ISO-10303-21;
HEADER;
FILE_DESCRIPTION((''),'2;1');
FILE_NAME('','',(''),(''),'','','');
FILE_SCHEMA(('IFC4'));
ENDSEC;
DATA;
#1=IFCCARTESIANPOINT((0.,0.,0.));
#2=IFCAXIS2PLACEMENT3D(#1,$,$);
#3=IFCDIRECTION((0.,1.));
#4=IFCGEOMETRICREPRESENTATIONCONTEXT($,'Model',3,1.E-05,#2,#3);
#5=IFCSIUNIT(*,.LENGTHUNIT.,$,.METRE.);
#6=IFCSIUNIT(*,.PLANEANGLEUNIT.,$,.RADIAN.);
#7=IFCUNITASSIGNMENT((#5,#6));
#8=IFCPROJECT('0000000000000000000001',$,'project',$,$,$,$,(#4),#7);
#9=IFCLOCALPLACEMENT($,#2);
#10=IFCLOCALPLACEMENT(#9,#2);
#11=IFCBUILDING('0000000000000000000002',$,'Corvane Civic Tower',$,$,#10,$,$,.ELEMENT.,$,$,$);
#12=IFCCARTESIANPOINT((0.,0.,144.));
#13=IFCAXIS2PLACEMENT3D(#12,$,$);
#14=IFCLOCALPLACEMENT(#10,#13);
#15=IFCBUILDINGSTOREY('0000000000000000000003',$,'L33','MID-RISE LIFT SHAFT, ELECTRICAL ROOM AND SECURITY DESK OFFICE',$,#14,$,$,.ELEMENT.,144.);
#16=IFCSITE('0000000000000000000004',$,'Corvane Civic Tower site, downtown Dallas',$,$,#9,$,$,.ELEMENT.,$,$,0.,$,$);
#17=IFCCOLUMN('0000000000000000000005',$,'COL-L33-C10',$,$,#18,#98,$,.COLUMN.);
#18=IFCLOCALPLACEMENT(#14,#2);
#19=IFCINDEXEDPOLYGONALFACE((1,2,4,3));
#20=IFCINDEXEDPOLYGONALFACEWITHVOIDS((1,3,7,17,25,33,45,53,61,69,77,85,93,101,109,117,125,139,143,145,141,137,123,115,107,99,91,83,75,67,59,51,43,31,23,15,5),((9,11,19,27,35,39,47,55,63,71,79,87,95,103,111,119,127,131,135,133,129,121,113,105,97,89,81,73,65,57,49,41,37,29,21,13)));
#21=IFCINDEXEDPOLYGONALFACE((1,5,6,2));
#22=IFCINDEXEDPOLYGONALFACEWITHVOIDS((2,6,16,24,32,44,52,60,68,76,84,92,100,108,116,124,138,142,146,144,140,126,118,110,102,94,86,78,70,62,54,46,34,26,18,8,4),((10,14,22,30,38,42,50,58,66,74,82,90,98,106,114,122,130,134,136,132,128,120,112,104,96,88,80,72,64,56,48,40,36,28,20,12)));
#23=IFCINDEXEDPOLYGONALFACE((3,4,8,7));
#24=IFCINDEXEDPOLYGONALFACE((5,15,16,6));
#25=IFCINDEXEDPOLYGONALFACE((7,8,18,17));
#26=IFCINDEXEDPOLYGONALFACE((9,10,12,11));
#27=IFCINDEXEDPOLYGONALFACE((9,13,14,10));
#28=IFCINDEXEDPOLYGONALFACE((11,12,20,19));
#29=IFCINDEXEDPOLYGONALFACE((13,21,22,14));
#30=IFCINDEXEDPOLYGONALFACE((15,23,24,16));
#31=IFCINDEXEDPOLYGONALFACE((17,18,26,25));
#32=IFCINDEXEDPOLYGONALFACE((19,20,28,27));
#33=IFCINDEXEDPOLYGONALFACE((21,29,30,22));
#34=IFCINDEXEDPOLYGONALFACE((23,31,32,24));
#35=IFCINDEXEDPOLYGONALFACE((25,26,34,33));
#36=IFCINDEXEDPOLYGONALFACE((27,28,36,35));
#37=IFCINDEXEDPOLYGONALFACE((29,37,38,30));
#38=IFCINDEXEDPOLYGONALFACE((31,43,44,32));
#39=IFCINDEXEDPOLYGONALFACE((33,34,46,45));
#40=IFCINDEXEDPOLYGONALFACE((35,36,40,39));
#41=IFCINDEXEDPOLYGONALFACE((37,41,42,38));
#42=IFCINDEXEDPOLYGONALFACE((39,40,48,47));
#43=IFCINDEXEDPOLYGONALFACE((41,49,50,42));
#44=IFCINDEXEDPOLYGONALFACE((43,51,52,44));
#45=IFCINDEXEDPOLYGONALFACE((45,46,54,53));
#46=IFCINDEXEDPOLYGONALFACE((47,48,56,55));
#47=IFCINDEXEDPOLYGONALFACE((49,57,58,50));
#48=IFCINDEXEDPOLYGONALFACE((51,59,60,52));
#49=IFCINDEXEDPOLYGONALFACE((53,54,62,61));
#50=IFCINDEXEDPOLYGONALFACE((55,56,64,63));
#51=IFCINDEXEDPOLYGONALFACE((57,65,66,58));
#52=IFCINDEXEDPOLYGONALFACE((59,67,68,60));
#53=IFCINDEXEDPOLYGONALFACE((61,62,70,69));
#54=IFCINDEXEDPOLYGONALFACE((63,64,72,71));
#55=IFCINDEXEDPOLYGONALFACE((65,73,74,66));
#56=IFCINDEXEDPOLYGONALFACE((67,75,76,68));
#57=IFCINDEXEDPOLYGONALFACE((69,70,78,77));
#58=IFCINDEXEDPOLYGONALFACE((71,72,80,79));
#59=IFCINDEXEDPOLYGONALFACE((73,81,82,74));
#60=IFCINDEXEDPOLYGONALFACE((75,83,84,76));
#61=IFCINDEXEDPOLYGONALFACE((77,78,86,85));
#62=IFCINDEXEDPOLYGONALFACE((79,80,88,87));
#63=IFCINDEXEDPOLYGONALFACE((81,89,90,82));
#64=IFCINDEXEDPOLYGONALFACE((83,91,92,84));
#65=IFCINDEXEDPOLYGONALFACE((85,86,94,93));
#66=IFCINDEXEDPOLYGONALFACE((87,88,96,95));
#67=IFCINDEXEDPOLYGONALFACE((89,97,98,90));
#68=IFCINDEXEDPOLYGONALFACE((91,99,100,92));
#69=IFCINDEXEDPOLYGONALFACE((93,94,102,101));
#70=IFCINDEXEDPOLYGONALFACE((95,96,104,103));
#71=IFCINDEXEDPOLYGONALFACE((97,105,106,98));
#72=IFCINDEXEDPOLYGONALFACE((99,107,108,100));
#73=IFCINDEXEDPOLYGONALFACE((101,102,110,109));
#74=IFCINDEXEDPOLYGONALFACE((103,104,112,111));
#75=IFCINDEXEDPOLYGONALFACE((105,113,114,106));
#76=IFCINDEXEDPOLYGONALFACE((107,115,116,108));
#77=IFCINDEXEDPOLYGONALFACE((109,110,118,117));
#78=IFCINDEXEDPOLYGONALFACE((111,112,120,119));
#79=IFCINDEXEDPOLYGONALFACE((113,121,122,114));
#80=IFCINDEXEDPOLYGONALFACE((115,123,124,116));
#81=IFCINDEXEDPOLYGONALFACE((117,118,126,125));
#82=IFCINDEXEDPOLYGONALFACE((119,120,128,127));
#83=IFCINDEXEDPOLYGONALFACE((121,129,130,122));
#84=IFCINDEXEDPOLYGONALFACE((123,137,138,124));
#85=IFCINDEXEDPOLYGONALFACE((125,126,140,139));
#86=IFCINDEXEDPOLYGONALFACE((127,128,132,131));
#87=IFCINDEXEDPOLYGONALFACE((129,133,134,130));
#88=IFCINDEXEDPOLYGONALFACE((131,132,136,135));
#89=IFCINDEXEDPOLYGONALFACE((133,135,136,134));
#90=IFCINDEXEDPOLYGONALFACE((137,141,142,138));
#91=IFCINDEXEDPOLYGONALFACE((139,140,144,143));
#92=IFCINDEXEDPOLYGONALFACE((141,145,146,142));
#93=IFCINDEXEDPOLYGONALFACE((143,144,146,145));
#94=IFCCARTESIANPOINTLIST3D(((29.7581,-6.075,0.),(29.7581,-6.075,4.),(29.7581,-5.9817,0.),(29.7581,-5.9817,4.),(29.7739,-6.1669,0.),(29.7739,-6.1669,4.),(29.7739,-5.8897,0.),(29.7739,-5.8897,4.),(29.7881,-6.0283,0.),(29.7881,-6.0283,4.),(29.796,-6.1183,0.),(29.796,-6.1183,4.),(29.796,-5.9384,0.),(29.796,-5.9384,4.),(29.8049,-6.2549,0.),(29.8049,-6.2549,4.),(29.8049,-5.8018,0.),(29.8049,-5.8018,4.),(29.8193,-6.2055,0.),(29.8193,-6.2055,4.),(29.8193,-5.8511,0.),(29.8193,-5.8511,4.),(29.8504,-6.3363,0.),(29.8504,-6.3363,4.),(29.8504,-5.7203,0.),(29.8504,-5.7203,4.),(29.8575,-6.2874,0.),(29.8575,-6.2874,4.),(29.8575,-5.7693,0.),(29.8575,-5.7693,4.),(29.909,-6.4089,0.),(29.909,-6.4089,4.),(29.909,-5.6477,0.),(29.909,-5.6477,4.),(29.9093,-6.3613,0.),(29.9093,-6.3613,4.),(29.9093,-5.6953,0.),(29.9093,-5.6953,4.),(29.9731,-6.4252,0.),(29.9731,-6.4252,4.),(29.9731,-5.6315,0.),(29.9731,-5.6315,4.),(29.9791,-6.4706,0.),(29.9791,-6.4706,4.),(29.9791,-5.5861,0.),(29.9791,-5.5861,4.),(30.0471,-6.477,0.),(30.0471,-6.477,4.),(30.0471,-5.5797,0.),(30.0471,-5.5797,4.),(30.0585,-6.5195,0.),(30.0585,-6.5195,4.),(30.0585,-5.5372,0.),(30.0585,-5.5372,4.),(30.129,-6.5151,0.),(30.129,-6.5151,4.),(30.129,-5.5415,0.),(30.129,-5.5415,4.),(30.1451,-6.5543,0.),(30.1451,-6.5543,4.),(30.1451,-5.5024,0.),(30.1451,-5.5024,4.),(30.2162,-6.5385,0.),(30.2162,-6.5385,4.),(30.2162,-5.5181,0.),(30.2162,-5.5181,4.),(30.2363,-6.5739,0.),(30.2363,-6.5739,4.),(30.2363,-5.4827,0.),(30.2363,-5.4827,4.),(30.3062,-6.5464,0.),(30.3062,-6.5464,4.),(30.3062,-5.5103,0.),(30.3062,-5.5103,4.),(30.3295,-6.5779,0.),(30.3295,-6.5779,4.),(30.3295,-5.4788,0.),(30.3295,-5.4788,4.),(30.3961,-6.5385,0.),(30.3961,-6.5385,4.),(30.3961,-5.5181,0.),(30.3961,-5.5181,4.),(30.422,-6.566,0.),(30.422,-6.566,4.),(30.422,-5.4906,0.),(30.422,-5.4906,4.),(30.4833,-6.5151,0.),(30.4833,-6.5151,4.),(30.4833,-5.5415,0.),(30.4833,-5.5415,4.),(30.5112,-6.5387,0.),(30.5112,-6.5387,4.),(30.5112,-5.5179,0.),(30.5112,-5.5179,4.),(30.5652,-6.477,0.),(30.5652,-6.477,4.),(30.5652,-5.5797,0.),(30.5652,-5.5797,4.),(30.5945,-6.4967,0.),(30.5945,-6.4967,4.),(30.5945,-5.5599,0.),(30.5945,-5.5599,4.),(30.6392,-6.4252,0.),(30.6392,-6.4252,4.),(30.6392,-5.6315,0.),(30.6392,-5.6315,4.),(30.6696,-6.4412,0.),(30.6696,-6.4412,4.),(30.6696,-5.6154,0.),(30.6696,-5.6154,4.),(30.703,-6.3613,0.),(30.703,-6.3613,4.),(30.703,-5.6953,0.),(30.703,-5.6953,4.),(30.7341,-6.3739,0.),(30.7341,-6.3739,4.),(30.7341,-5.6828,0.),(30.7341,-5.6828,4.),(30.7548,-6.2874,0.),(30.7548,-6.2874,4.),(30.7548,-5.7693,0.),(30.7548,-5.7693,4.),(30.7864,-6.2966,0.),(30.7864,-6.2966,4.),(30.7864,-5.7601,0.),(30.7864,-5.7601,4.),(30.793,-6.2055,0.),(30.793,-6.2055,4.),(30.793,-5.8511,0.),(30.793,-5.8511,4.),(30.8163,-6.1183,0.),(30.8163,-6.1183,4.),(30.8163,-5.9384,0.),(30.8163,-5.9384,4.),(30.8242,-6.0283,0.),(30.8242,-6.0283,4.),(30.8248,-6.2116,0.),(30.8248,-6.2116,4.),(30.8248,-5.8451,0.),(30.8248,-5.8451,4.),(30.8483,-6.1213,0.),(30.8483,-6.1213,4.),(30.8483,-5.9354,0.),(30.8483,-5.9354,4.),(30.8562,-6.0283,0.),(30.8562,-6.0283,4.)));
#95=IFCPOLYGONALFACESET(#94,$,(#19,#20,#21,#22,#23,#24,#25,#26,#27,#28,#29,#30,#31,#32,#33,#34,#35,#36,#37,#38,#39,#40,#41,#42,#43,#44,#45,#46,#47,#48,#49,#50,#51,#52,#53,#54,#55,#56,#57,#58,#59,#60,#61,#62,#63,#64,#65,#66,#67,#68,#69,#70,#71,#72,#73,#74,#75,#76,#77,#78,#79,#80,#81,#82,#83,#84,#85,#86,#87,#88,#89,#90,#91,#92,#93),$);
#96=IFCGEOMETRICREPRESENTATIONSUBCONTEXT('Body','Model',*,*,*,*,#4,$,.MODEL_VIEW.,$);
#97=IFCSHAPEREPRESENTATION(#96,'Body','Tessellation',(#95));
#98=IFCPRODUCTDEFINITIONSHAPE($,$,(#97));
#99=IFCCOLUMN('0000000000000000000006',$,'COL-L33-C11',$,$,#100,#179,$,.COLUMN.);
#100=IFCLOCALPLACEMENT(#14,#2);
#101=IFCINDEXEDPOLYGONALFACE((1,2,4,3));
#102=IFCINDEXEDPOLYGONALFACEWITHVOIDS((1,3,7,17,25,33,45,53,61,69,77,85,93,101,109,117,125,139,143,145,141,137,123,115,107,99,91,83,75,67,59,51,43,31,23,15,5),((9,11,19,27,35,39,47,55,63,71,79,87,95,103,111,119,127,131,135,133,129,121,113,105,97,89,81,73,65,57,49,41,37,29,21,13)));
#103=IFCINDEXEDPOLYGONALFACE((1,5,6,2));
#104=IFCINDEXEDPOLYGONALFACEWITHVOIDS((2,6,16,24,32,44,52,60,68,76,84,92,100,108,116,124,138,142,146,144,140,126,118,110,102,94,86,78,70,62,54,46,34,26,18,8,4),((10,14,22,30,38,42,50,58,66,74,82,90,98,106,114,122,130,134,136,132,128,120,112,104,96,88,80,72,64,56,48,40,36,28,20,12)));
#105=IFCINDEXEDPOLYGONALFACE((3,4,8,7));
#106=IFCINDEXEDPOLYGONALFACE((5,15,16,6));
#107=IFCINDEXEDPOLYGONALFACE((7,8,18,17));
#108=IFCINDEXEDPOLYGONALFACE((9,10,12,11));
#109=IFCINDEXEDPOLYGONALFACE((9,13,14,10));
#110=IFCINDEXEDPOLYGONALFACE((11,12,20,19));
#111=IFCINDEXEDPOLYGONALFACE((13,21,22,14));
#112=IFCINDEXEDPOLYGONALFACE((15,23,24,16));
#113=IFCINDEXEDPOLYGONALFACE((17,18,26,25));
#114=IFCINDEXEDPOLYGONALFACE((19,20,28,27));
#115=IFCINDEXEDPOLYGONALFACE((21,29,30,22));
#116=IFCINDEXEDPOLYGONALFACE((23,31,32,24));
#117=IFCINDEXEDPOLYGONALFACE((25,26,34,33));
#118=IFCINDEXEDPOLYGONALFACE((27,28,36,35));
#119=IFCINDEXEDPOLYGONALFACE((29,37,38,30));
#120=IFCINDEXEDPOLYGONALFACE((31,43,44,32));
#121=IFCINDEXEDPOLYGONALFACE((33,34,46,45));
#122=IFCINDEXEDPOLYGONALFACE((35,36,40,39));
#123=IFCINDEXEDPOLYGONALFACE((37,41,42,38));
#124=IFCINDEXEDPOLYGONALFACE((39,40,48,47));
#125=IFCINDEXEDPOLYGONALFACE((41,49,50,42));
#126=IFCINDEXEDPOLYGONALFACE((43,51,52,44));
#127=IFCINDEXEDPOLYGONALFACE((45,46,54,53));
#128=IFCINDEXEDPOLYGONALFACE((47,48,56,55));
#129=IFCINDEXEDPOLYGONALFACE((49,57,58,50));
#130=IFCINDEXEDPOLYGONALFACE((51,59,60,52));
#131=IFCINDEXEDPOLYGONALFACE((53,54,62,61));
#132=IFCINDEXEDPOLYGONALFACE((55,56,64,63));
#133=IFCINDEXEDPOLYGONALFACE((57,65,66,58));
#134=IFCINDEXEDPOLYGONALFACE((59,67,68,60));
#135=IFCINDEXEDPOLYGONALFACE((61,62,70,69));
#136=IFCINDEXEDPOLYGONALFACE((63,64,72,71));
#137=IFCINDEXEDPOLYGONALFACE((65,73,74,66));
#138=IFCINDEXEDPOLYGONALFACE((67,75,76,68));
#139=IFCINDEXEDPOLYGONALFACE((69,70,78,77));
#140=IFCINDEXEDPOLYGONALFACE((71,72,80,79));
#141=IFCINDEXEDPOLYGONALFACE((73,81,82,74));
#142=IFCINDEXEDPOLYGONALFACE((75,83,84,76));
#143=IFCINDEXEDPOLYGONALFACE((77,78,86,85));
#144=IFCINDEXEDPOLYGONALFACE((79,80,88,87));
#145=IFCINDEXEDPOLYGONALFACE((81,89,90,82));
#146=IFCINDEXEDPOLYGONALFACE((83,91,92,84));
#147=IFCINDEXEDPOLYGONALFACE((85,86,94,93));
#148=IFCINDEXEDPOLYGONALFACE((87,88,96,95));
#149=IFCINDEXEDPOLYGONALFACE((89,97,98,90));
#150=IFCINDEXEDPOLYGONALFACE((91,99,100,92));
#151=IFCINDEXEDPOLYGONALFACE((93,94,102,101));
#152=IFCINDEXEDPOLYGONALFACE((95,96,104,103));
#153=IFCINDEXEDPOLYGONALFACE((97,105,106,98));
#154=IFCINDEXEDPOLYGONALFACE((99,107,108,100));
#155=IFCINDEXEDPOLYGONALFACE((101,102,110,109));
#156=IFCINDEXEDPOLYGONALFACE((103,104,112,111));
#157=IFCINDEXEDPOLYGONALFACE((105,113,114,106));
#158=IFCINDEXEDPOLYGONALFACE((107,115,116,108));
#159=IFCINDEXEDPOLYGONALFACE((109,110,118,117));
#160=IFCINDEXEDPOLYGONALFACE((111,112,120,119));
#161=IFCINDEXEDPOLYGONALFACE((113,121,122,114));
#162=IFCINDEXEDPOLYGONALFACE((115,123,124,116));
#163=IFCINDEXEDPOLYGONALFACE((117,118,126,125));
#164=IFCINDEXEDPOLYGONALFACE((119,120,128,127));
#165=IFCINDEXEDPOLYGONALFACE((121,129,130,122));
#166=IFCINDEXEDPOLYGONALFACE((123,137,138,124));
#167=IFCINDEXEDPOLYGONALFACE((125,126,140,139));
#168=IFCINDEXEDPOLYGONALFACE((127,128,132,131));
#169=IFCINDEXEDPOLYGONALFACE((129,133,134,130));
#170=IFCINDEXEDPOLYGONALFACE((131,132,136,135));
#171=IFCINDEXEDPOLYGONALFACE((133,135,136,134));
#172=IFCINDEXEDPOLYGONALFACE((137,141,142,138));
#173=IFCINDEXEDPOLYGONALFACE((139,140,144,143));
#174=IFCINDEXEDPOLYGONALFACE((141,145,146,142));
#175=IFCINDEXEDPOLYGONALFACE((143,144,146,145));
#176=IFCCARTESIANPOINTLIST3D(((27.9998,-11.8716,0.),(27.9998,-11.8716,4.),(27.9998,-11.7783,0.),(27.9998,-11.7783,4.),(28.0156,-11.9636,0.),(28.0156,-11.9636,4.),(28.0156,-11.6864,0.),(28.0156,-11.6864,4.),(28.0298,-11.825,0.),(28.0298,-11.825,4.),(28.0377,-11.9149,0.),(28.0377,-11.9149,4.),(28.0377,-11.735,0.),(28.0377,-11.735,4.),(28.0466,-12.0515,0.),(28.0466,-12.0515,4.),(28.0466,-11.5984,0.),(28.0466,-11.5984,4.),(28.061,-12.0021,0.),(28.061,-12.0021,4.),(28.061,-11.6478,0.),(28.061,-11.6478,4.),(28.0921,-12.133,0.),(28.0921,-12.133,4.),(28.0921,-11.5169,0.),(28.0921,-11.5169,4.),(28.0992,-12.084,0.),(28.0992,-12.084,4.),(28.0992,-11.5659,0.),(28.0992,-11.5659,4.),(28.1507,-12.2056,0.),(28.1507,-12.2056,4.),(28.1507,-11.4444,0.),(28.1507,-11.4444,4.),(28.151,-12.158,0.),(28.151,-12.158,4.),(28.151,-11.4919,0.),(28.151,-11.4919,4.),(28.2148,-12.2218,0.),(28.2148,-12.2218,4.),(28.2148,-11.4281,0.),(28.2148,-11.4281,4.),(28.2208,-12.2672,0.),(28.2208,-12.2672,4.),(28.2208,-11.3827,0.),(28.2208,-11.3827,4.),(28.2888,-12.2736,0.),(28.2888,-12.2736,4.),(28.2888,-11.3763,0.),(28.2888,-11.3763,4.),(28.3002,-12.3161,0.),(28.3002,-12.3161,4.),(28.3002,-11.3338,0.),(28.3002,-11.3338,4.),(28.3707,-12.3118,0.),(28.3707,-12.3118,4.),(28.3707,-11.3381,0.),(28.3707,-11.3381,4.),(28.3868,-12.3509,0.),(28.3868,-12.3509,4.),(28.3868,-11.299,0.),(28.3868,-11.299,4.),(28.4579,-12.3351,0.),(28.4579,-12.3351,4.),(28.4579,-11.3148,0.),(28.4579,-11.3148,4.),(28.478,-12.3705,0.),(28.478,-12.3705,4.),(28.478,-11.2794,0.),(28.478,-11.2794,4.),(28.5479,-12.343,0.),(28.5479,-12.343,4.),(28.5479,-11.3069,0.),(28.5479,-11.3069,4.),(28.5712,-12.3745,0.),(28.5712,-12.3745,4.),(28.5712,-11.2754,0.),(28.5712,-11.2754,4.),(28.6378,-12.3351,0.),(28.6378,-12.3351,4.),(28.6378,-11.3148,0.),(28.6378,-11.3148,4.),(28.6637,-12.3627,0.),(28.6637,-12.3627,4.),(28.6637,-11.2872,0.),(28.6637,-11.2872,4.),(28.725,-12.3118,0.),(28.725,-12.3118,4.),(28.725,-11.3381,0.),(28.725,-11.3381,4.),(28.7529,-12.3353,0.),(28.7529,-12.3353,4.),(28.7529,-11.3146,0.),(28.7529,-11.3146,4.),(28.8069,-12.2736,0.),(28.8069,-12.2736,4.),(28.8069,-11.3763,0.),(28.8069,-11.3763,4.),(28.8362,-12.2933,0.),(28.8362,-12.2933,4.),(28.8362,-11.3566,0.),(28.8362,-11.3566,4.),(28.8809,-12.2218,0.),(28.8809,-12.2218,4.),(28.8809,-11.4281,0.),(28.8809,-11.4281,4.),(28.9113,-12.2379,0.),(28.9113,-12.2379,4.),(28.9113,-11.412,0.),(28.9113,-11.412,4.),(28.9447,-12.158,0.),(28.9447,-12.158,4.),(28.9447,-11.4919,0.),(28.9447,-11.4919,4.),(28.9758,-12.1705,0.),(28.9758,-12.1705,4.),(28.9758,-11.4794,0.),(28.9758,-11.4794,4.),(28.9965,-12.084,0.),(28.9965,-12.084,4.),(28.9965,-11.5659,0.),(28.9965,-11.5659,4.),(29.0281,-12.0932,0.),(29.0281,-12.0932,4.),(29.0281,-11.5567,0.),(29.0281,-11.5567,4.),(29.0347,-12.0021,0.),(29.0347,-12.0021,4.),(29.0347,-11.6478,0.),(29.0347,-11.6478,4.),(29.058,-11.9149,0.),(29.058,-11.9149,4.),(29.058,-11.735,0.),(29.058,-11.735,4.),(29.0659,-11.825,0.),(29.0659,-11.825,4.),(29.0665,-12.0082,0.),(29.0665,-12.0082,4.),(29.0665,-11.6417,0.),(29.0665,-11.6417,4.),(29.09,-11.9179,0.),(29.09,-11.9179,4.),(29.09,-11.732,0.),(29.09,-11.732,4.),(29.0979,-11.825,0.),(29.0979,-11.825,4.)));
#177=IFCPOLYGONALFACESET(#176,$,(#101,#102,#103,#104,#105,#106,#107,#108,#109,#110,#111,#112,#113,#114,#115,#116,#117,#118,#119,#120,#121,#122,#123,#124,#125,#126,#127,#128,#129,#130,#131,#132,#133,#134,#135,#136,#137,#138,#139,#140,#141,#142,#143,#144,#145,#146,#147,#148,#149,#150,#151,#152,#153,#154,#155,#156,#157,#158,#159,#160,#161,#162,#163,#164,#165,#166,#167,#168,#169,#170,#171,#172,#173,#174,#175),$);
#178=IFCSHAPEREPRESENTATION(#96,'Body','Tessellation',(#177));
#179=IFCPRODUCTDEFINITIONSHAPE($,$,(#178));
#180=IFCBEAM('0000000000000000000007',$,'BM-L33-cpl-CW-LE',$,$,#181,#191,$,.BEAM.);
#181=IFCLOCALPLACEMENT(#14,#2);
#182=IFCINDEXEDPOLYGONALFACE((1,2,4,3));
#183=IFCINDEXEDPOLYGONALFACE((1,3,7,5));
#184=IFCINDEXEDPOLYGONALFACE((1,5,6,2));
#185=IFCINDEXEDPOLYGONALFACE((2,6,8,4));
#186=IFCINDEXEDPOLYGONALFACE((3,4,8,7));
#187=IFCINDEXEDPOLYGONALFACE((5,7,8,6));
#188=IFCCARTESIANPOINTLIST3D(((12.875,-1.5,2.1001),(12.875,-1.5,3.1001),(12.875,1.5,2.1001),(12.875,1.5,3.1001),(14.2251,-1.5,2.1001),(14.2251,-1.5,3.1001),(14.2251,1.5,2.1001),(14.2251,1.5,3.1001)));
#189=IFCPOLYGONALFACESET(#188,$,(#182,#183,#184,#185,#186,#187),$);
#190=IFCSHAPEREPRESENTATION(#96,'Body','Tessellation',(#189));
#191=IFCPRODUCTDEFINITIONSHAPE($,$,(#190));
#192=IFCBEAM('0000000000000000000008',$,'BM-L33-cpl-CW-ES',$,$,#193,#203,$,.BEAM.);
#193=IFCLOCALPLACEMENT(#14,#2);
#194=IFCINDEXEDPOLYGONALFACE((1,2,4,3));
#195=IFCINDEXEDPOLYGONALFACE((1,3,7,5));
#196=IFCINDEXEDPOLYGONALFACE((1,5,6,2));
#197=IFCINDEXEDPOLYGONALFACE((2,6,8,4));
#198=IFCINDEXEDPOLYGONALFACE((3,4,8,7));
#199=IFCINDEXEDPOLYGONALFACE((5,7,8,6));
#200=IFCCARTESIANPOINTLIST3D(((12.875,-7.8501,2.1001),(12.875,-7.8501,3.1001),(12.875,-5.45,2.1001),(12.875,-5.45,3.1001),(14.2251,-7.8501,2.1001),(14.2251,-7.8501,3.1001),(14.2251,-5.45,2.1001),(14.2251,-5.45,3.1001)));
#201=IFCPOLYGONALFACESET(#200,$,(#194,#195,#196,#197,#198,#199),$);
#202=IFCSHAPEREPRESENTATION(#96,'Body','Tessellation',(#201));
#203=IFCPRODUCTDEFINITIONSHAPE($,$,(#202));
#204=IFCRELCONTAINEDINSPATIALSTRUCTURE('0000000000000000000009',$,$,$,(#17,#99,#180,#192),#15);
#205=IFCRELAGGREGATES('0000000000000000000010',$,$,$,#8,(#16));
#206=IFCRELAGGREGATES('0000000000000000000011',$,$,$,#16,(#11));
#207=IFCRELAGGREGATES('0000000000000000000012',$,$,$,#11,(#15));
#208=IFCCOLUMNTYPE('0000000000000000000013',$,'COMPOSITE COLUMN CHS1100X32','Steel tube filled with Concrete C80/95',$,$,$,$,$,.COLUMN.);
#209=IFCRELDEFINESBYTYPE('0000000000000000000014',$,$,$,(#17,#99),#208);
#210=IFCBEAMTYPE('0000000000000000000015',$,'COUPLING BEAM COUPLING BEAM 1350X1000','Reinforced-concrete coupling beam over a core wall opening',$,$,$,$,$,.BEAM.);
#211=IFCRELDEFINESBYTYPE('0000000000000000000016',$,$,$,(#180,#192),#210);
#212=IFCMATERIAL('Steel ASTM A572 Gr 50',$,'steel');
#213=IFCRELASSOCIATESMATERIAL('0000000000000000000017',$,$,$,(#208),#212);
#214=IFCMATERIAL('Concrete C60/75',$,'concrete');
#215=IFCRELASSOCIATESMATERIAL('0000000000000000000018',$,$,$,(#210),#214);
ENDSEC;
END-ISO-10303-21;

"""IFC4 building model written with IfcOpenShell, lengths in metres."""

from ifc_helpers import new_model, si_unit, direction, frame, origin, origin_2d, place, context, subcontext, project, spatial, rectangle, hollow_circle, extrude, material, material_profile, profile_set, type_object, element, save


model = new_model("IFC4")

# Units and contexts
model_context = context("Model", 3, precision=1e-05, world=origin(), true_north=direction((0.0, 1.0)))
body_context = subcontext(model_context, "Body", "Model", "MODEL_VIEW")
ifc_project = project(units=[si_unit("LENGTHUNIT", "METRE"), si_unit("PLANEANGLEUNIT", "RADIAN")], contexts=[model_context])

# Site, building, storey
site_placement = place(None, origin())
site = spatial("IfcSite", under=ifc_project, at=site_placement, Name="Corvane Civic Tower site, downtown Dallas", CompositionType="ELEMENT", RefElevation=0.0)
building_placement = place(site_placement, origin())
building = spatial("IfcBuilding", under=site, at=building_placement, Name="Corvane Civic Tower", CompositionType="ELEMENT")
storey_placement = place(building_placement, frame((0.0, 0.0, 144.0)))
storey = spatial("IfcBuildingStorey", under=building, at=storey_placement, Name="L33", Description="MID-RISE LIFT SHAFT, ELECTRICAL ROOM AND SECURITY DESK OFFICE", CompositionType="ELEMENT", Elevation=144.0)

# Columns
ifc_material_1 = material(Name="Steel ASTM A572 Gr 50", Category="steel")
ifc_material_profile_1 = material_profile(ifc_material_1, hollow_circle(Radius=0.55, WallThickness=0.032, at=origin_2d()), Name="CHS1100X32")
ifc_profile_set_1 = profile_set([ifc_material_profile_1], Name="Steel ASTM A572 Gr 50")
column_type = type_object("IfcColumnType", Name="COMPOSITE COLUMN CHS1100X32", Description="Steel tube filled with Concrete C80/95", PredefinedType="COLUMN", material=ifc_profile_set_1)
for number, where, z_axis, x_axis, name in (
    (1, (30.3062, -6.0283, 0.0), (0.0, 0.0, 1.0), (1.0, 0.0, 0.0), "COL-L33-C10"),
    (2, (28.5479, -11.825, 0.0), (0.0, 0.0, 1.0), (1.0, 0.0, 0.0), "COL-L33-C11"),
):
    element("IfcColumn", number, at=place(storey_placement, frame(where, z_axis=z_axis, x_axis=x_axis)), inside=storey, type_object=column_type, Name=name, PredefinedType="COLUMN", context=body_context, shape_type="SweptSolid", body=[
        extrude(hollow_circle(Radius=0.55, WallThickness=0.032, at=origin_2d()), origin(), (0.0, 0.0, 1.0), 4.0),
    ])

# Beams
ifc_material_2 = material(Name="Concrete C60/75", Category="concrete")
ifc_material_profile_2 = material_profile(ifc_material_2, rectangle(XDim=1.3501, YDim=1.0, at=origin_2d()), Name="COUPLING BEAM 1350X1000")
ifc_profile_set_2 = profile_set([ifc_material_profile_2], Name="Concrete C60/75")
beam_type_1 = type_object("IfcBeamType", Name="COUPLING BEAM COUPLING BEAM 1350X1000", Description="Reinforced-concrete coupling beam over a core wall opening", PredefinedType="BEAM", material=ifc_profile_set_2)
beam_1_placement = place(storey_placement, frame((13.55, -1.5, 2.6001), z_axis=(0.0, 1.0, 0.0), x_axis=(-1.0, 0.0, 0.0)))
element("IfcBeam", 3, at=beam_1_placement, inside=storey, type_object=beam_type_1, Name="BM-L33-cpl-CW-LE", PredefinedType="BEAM", context=body_context, shape_type="SweptSolid", body=[
    extrude(rectangle(XDim=1.3501, YDim=1.0, at=origin_2d()), origin(), (0.0, 0.0, 1.0), 3.0),
])
beam_2_placement = place(storey_placement, frame((13.55, -7.8501, 2.6001), z_axis=(0.0, 1.0, 0.0), x_axis=(-1.0, 0.0, 0.0)))
element("IfcBeam", 4, at=beam_2_placement, inside=storey, type_object=beam_type_1, Name="BM-L33-cpl-CW-ES", PredefinedType="BEAM", context=body_context, shape_type="SweptSolid", body=[
    extrude(rectangle(XDim=1.3501, YDim=1.0, at=origin_2d()), origin(), (0.0, 0.0, 1.0), 2.4001),
])

save(model, "model.ifc")
